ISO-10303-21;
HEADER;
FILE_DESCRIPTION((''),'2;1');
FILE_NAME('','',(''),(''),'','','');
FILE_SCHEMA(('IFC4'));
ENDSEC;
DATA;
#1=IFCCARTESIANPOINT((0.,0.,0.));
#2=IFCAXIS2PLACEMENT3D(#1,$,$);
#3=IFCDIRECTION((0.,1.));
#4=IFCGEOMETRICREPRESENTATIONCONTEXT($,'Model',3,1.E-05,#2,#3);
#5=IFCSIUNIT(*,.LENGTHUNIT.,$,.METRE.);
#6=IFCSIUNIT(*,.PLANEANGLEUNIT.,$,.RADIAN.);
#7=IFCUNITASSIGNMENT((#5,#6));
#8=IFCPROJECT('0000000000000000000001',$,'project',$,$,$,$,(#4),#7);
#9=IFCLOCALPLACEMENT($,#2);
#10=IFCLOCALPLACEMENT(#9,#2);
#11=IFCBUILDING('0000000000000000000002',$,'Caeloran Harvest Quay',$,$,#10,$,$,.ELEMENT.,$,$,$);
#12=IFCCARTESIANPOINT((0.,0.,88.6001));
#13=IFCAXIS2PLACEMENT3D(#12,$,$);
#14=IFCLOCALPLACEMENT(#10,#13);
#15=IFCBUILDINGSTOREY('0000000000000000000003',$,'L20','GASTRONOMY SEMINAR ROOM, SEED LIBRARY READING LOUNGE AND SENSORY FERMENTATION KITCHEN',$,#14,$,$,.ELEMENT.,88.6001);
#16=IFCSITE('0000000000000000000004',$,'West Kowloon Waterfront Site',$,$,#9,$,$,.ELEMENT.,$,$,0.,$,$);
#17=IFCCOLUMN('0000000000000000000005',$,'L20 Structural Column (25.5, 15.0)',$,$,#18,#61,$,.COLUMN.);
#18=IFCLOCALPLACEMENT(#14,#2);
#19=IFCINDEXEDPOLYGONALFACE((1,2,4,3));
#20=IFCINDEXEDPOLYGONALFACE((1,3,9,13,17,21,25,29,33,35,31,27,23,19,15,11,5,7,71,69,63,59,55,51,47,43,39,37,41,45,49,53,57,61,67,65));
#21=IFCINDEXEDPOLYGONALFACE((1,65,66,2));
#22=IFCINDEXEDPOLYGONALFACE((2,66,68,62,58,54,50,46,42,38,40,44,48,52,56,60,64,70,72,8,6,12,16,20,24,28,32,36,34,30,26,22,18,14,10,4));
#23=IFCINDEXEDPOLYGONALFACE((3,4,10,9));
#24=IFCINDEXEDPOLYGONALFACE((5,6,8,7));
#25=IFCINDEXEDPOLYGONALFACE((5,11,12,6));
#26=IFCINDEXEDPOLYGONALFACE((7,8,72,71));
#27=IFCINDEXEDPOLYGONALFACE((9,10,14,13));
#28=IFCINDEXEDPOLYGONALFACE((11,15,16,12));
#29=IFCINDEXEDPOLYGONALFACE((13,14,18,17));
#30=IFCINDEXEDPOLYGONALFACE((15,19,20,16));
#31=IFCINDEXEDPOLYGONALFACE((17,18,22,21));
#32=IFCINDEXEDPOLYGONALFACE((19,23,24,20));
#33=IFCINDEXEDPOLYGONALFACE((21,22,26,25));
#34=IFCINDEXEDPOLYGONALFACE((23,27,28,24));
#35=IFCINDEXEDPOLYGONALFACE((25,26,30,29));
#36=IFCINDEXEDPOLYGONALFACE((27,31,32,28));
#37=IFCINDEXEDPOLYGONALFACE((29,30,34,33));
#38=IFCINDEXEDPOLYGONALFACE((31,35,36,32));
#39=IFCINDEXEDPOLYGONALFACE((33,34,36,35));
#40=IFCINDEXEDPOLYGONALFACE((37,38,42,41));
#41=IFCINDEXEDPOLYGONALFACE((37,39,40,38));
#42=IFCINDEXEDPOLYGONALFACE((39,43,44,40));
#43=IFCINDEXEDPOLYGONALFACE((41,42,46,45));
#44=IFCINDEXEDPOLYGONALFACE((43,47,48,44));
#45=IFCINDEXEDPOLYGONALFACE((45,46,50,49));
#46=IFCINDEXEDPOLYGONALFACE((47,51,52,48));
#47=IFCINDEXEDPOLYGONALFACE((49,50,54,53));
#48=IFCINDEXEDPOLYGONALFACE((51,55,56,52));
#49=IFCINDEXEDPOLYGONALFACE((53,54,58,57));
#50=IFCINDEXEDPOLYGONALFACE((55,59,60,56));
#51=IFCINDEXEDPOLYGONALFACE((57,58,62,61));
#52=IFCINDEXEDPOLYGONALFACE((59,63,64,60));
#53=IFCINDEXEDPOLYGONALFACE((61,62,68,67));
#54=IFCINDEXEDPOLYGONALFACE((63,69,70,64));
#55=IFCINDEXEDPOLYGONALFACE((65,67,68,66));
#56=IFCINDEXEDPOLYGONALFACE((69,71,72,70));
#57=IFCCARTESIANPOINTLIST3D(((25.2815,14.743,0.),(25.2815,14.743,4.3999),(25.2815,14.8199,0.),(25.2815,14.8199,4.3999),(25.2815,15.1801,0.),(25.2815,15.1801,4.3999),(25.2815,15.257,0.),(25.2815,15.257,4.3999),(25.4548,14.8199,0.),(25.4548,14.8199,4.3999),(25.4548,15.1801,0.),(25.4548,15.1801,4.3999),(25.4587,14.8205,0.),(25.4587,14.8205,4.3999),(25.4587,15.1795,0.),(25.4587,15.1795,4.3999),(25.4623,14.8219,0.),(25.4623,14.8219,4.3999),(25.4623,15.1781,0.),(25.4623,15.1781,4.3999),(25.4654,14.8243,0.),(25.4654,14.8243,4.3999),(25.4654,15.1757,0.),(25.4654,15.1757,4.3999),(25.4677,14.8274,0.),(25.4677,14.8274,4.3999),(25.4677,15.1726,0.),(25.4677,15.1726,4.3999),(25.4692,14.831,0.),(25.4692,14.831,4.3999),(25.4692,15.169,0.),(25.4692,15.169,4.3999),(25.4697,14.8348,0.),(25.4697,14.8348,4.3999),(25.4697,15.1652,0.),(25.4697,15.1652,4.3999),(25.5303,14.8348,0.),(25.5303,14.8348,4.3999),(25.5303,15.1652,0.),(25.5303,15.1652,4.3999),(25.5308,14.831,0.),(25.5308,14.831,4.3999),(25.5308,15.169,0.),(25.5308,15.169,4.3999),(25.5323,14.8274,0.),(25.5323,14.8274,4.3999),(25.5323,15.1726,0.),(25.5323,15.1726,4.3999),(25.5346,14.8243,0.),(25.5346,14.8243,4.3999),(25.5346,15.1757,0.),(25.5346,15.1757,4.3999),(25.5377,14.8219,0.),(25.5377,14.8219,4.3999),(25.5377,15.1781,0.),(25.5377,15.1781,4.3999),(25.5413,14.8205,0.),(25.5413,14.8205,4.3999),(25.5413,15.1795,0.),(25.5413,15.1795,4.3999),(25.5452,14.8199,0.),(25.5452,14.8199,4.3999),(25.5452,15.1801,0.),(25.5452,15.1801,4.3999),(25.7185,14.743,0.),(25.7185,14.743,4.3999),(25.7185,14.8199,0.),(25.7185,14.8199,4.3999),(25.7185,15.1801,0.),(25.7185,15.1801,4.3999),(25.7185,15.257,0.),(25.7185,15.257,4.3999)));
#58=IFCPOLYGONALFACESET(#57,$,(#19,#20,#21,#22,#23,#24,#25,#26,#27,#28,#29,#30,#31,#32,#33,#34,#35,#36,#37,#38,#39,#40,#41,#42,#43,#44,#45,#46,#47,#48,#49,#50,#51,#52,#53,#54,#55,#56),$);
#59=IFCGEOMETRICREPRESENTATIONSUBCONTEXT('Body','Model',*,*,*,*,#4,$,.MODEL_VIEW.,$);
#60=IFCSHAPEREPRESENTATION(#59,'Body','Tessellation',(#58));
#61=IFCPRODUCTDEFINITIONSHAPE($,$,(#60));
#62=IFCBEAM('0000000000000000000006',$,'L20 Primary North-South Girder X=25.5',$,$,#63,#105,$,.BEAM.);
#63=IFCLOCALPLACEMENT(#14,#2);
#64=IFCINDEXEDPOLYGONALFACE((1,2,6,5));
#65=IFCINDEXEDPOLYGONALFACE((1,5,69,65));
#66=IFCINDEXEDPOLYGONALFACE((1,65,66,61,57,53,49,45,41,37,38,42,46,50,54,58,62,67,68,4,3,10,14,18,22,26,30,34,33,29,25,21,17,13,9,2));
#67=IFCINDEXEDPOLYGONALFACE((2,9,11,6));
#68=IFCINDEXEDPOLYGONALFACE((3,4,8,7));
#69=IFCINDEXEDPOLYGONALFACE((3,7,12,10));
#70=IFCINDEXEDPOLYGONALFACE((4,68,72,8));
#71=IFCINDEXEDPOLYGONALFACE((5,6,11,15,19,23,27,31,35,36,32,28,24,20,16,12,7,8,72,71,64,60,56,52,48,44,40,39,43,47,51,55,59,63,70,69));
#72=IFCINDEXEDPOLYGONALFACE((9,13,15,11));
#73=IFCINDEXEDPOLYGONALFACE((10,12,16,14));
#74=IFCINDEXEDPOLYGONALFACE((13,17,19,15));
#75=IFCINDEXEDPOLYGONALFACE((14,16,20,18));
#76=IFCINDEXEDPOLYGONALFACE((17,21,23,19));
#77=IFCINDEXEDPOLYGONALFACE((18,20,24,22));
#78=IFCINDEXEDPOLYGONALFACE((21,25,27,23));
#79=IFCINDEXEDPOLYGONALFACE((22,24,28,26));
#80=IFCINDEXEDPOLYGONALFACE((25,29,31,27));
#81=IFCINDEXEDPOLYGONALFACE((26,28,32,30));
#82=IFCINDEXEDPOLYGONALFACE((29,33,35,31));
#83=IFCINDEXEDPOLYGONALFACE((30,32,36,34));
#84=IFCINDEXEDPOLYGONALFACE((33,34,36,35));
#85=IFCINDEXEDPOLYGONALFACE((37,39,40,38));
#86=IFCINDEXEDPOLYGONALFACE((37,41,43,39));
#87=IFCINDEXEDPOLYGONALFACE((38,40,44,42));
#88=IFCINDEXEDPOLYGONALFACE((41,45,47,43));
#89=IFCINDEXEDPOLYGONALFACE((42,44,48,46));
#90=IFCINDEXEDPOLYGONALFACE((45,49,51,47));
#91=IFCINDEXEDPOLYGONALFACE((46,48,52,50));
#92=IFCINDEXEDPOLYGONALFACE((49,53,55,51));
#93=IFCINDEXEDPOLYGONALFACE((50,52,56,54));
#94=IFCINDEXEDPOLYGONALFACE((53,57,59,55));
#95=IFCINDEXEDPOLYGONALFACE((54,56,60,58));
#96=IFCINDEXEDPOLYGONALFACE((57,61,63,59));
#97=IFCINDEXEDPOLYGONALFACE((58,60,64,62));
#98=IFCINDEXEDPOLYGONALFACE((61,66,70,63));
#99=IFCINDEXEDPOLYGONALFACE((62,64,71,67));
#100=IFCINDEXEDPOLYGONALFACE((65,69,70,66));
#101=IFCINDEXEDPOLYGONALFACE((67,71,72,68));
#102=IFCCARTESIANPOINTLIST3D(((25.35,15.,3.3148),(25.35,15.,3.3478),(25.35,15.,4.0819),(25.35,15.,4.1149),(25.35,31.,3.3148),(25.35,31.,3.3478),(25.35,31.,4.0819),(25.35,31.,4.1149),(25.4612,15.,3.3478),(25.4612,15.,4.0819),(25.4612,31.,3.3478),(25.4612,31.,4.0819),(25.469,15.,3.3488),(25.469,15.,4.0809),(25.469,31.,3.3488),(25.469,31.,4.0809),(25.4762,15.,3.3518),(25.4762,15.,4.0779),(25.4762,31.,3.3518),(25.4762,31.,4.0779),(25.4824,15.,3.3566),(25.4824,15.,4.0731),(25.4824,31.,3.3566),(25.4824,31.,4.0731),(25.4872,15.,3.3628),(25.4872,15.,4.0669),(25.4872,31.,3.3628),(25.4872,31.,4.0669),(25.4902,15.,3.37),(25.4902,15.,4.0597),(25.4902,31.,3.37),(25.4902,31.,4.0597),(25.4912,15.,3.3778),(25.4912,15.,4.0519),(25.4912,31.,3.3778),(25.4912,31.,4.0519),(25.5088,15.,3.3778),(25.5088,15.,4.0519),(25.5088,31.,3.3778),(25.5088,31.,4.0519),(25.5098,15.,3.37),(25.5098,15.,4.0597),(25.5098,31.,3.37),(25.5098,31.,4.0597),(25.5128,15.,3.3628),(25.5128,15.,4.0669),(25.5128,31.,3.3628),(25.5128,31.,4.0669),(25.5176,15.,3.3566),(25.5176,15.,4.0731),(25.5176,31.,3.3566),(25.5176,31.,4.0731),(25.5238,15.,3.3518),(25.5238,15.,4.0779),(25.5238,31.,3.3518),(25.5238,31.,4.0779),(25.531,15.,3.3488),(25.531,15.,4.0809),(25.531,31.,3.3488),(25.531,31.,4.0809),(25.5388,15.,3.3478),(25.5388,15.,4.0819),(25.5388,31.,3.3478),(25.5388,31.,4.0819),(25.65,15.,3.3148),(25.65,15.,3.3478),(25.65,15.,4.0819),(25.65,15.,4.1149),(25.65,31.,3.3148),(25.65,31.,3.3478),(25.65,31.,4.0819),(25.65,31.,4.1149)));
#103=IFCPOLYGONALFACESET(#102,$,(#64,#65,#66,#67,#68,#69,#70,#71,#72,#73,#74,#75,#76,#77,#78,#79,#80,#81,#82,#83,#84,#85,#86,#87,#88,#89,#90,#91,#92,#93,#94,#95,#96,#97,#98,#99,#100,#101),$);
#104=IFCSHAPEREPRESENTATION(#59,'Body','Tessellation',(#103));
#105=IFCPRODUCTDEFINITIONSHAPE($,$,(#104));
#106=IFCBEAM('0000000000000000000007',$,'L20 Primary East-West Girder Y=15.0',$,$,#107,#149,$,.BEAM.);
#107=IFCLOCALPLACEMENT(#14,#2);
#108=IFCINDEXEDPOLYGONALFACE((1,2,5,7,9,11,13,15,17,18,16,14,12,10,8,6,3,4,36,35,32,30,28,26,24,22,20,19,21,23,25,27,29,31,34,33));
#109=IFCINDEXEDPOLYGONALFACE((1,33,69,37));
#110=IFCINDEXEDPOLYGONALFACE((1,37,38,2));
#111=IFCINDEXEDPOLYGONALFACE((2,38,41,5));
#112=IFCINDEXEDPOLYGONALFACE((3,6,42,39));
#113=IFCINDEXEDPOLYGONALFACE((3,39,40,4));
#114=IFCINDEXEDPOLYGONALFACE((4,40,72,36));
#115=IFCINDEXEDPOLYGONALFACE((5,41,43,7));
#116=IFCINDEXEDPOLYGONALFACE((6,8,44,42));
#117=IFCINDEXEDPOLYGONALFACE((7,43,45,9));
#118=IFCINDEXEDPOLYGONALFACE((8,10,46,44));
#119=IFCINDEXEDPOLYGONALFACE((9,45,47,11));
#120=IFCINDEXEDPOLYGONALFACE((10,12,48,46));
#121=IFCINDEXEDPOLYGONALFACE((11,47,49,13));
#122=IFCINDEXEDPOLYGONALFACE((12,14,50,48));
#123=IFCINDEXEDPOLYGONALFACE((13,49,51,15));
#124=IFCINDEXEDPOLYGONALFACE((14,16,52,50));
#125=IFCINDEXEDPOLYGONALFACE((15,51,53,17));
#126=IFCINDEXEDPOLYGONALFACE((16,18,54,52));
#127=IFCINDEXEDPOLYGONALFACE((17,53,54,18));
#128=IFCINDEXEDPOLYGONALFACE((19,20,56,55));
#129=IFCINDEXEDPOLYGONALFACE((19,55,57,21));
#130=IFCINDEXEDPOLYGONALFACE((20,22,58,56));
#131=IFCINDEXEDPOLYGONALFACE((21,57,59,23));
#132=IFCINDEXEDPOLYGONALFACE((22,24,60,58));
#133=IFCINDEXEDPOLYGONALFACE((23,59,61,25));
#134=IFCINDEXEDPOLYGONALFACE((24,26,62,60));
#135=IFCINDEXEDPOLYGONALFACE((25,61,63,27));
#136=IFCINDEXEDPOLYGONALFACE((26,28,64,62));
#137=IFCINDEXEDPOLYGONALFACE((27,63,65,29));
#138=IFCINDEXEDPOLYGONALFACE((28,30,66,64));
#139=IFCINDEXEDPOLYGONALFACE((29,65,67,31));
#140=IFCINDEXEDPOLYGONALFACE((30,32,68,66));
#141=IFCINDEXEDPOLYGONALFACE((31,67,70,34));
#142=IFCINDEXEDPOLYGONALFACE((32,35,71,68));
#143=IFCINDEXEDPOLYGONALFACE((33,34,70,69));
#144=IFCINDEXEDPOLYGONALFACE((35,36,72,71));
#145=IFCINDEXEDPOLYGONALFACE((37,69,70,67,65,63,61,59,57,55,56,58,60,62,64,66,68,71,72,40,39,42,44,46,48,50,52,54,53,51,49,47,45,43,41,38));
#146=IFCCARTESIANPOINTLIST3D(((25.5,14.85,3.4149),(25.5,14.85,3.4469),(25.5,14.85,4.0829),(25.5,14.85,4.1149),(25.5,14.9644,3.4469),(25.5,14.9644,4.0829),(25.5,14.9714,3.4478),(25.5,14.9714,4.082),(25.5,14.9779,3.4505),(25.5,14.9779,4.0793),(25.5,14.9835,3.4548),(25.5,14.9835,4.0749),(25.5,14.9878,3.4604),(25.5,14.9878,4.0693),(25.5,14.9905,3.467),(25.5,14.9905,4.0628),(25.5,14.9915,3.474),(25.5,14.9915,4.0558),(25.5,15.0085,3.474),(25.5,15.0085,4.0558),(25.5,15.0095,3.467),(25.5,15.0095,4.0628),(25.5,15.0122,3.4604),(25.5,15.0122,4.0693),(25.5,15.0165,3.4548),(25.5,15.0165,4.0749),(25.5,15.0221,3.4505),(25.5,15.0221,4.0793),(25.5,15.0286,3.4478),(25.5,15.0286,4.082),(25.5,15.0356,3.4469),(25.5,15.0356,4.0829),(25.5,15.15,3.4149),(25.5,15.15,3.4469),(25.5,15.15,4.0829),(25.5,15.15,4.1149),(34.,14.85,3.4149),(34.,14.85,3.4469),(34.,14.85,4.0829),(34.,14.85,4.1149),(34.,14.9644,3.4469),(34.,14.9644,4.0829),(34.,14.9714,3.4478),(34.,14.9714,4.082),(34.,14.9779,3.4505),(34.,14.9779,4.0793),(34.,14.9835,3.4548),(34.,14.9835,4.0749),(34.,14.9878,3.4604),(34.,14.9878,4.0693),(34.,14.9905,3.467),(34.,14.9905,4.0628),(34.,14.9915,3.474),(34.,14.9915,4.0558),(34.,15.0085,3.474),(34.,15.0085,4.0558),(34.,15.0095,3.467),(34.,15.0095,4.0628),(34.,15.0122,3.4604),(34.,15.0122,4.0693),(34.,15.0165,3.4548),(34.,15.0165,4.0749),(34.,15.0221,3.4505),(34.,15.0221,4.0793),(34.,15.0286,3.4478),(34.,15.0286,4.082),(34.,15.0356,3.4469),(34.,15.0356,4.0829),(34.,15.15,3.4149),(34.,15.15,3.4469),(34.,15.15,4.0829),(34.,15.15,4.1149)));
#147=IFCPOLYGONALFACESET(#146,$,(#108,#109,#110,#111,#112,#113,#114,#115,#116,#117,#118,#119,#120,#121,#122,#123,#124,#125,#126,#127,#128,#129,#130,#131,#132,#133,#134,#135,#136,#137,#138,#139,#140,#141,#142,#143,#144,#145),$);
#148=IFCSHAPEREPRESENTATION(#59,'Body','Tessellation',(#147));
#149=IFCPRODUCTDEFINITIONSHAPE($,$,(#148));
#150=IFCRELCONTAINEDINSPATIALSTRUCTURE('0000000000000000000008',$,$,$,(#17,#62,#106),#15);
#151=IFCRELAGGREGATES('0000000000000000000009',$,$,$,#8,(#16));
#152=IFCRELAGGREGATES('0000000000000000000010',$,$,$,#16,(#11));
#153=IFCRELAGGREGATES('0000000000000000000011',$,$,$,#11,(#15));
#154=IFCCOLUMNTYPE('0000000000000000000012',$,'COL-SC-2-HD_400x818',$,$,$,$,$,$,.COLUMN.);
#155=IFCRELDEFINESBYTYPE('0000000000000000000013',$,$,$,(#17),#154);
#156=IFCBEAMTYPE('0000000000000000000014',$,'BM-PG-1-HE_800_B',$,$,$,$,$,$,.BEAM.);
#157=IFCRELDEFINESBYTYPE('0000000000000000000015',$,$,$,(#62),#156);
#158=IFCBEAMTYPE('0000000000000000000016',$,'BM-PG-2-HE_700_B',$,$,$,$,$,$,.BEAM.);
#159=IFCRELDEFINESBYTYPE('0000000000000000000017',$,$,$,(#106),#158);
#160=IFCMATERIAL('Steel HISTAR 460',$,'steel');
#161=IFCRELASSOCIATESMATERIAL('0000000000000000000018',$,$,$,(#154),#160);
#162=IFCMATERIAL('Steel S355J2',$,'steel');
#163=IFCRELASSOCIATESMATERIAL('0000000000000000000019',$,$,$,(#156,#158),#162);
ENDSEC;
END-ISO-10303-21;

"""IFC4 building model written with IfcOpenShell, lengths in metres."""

from ifc_helpers import new_model, si_unit, direction, frame, origin, origin_2d, place, context, subcontext, project, spatial, i_section, extrude, material, material_profile, profile_set, type_object, element, save


model = new_model("IFC4")

# Units and contexts
model_context = context("Model", 3, precision=1e-05, world=origin(), true_north=direction((0.0, 1.0)))
body_context = subcontext(model_context, "Body", "Model", "MODEL_VIEW")
ifc_project = project(units=[si_unit("LENGTHUNIT", "METRE"), si_unit("PLANEANGLEUNIT", "RADIAN")], contexts=[model_context])

# Site, building, storey
site_placement = place(None, origin())
site = spatial("IfcSite", under=ifc_project, at=site_placement, Name="West Kowloon Waterfront Site", CompositionType="ELEMENT", RefElevation=0.0)
building_placement = place(site_placement, origin())
building = spatial("IfcBuilding", under=site, at=building_placement, Name="Caeloran Harvest Quay", CompositionType="ELEMENT")
storey_placement = place(building_placement, frame((0.0, 0.0, 88.6001)))
storey = spatial("IfcBuildingStorey", under=building, at=storey_placement, Name="L20", Description="GASTRONOMY SEMINAR ROOM, SEED LIBRARY READING LOUNGE AND SENSORY FERMENTATION KITCHEN", CompositionType="ELEMENT", Elevation=88.6001)

# Column
ifc_material_1 = material(Name="Steel HISTAR 460", Category="steel")
ifc_material_profile_1 = material_profile(ifc_material_1, i_section(OverallWidth=0.437, OverallDepth=0.5139, WebThickness=0.0605, FlangeThickness=0.0769, FilletRadius=0.0149, at=origin_2d()), Name="HD 400x818")
ifc_profile_set_1 = profile_set([ifc_material_profile_1], Name="Steel HISTAR 460")
column_type = type_object("IfcColumnType", Name="COL-SC-2-HD_400x818", PredefinedType="COLUMN", material=ifc_profile_set_1)
column_placement = place(storey_placement, frame((25.5, 15.0, 0.0), z_axis=(0.0, 0.0, 1.0), x_axis=(1.0, 0.0, 0.0)))
element("IfcColumn", 1, at=column_placement, inside=storey, type_object=column_type, Name="L20 Structural Column (25.5, 15.0)", PredefinedType="COLUMN", context=body_context, shape_type="SweptSolid", body=[
    extrude(i_section(OverallWidth=0.437, OverallDepth=0.5139, WebThickness=0.0605, FlangeThickness=0.0769, FilletRadius=0.0149, at=origin_2d()), origin(), (0.0, 0.0, 1.0), 4.3999),
])

# Beams
ifc_material_2 = material(Name="Steel S355J2", Category="steel")
ifc_material_profile_2 = material_profile(ifc_material_2, i_section(OverallWidth=0.3, OverallDepth=0.8, WebThickness=0.0176, FlangeThickness=0.033, FilletRadius=0.03, at=origin_2d()), Name="HE 800 B")
ifc_profile_set_2 = profile_set([ifc_material_profile_2], Name="Steel S355J2")
beam_type_1 = type_object("IfcBeamType", Name="BM-PG-1-HE_800_B", PredefinedType="BEAM", material=ifc_profile_set_2)
beam_1_placement = place(storey_placement, frame((25.5, 15.0, 3.7148), z_axis=(0.0, 1.0, 0.0), x_axis=(-1.0, 0.0, 0.0)))
element("IfcBeam", 2, at=beam_1_placement, inside=storey, type_object=beam_type_1, Name="L20 Primary North-South Girder X=25.5", PredefinedType="BEAM", context=body_context, shape_type="SweptSolid", body=[
    extrude(i_section(OverallWidth=0.3, OverallDepth=0.8, WebThickness=0.0176, FlangeThickness=0.033, FilletRadius=0.03, at=origin_2d()), origin(), (0.0, 0.0, 1.0), 16.0),
])
ifc_material_profile_3 = material_profile(ifc_material_2, i_section(OverallWidth=0.3, OverallDepth=0.7, WebThickness=0.0171, FlangeThickness=0.032, FilletRadius=0.0271, at=origin_2d()), Name="HE 700 B")
ifc_profile_set_3 = profile_set([ifc_material_profile_3], Name="Steel S355J2")
beam_type_2 = type_object("IfcBeamType", Name="BM-PG-2-HE_700_B", PredefinedType="BEAM", material=ifc_profile_set_3)
beam_2_placement = place(storey_placement, frame((25.5, 15.0, 3.7649), z_axis=(1.0, 0.0, 0.0), x_axis=(0.0, 1.0, 0.0)))
element("IfcBeam", 3, at=beam_2_placement, inside=storey, type_object=beam_type_2, Name="L20 Primary East-West Girder Y=15.0", PredefinedType="BEAM", context=body_context, shape_type="SweptSolid", body=[
    extrude(i_section(OverallWidth=0.3, OverallDepth=0.7, WebThickness=0.0171, FlangeThickness=0.032, FilletRadius=0.0271, at=origin_2d()), origin(), (0.0, 0.0, 1.0), 8.5),
])

save(model, "model.ifc")
